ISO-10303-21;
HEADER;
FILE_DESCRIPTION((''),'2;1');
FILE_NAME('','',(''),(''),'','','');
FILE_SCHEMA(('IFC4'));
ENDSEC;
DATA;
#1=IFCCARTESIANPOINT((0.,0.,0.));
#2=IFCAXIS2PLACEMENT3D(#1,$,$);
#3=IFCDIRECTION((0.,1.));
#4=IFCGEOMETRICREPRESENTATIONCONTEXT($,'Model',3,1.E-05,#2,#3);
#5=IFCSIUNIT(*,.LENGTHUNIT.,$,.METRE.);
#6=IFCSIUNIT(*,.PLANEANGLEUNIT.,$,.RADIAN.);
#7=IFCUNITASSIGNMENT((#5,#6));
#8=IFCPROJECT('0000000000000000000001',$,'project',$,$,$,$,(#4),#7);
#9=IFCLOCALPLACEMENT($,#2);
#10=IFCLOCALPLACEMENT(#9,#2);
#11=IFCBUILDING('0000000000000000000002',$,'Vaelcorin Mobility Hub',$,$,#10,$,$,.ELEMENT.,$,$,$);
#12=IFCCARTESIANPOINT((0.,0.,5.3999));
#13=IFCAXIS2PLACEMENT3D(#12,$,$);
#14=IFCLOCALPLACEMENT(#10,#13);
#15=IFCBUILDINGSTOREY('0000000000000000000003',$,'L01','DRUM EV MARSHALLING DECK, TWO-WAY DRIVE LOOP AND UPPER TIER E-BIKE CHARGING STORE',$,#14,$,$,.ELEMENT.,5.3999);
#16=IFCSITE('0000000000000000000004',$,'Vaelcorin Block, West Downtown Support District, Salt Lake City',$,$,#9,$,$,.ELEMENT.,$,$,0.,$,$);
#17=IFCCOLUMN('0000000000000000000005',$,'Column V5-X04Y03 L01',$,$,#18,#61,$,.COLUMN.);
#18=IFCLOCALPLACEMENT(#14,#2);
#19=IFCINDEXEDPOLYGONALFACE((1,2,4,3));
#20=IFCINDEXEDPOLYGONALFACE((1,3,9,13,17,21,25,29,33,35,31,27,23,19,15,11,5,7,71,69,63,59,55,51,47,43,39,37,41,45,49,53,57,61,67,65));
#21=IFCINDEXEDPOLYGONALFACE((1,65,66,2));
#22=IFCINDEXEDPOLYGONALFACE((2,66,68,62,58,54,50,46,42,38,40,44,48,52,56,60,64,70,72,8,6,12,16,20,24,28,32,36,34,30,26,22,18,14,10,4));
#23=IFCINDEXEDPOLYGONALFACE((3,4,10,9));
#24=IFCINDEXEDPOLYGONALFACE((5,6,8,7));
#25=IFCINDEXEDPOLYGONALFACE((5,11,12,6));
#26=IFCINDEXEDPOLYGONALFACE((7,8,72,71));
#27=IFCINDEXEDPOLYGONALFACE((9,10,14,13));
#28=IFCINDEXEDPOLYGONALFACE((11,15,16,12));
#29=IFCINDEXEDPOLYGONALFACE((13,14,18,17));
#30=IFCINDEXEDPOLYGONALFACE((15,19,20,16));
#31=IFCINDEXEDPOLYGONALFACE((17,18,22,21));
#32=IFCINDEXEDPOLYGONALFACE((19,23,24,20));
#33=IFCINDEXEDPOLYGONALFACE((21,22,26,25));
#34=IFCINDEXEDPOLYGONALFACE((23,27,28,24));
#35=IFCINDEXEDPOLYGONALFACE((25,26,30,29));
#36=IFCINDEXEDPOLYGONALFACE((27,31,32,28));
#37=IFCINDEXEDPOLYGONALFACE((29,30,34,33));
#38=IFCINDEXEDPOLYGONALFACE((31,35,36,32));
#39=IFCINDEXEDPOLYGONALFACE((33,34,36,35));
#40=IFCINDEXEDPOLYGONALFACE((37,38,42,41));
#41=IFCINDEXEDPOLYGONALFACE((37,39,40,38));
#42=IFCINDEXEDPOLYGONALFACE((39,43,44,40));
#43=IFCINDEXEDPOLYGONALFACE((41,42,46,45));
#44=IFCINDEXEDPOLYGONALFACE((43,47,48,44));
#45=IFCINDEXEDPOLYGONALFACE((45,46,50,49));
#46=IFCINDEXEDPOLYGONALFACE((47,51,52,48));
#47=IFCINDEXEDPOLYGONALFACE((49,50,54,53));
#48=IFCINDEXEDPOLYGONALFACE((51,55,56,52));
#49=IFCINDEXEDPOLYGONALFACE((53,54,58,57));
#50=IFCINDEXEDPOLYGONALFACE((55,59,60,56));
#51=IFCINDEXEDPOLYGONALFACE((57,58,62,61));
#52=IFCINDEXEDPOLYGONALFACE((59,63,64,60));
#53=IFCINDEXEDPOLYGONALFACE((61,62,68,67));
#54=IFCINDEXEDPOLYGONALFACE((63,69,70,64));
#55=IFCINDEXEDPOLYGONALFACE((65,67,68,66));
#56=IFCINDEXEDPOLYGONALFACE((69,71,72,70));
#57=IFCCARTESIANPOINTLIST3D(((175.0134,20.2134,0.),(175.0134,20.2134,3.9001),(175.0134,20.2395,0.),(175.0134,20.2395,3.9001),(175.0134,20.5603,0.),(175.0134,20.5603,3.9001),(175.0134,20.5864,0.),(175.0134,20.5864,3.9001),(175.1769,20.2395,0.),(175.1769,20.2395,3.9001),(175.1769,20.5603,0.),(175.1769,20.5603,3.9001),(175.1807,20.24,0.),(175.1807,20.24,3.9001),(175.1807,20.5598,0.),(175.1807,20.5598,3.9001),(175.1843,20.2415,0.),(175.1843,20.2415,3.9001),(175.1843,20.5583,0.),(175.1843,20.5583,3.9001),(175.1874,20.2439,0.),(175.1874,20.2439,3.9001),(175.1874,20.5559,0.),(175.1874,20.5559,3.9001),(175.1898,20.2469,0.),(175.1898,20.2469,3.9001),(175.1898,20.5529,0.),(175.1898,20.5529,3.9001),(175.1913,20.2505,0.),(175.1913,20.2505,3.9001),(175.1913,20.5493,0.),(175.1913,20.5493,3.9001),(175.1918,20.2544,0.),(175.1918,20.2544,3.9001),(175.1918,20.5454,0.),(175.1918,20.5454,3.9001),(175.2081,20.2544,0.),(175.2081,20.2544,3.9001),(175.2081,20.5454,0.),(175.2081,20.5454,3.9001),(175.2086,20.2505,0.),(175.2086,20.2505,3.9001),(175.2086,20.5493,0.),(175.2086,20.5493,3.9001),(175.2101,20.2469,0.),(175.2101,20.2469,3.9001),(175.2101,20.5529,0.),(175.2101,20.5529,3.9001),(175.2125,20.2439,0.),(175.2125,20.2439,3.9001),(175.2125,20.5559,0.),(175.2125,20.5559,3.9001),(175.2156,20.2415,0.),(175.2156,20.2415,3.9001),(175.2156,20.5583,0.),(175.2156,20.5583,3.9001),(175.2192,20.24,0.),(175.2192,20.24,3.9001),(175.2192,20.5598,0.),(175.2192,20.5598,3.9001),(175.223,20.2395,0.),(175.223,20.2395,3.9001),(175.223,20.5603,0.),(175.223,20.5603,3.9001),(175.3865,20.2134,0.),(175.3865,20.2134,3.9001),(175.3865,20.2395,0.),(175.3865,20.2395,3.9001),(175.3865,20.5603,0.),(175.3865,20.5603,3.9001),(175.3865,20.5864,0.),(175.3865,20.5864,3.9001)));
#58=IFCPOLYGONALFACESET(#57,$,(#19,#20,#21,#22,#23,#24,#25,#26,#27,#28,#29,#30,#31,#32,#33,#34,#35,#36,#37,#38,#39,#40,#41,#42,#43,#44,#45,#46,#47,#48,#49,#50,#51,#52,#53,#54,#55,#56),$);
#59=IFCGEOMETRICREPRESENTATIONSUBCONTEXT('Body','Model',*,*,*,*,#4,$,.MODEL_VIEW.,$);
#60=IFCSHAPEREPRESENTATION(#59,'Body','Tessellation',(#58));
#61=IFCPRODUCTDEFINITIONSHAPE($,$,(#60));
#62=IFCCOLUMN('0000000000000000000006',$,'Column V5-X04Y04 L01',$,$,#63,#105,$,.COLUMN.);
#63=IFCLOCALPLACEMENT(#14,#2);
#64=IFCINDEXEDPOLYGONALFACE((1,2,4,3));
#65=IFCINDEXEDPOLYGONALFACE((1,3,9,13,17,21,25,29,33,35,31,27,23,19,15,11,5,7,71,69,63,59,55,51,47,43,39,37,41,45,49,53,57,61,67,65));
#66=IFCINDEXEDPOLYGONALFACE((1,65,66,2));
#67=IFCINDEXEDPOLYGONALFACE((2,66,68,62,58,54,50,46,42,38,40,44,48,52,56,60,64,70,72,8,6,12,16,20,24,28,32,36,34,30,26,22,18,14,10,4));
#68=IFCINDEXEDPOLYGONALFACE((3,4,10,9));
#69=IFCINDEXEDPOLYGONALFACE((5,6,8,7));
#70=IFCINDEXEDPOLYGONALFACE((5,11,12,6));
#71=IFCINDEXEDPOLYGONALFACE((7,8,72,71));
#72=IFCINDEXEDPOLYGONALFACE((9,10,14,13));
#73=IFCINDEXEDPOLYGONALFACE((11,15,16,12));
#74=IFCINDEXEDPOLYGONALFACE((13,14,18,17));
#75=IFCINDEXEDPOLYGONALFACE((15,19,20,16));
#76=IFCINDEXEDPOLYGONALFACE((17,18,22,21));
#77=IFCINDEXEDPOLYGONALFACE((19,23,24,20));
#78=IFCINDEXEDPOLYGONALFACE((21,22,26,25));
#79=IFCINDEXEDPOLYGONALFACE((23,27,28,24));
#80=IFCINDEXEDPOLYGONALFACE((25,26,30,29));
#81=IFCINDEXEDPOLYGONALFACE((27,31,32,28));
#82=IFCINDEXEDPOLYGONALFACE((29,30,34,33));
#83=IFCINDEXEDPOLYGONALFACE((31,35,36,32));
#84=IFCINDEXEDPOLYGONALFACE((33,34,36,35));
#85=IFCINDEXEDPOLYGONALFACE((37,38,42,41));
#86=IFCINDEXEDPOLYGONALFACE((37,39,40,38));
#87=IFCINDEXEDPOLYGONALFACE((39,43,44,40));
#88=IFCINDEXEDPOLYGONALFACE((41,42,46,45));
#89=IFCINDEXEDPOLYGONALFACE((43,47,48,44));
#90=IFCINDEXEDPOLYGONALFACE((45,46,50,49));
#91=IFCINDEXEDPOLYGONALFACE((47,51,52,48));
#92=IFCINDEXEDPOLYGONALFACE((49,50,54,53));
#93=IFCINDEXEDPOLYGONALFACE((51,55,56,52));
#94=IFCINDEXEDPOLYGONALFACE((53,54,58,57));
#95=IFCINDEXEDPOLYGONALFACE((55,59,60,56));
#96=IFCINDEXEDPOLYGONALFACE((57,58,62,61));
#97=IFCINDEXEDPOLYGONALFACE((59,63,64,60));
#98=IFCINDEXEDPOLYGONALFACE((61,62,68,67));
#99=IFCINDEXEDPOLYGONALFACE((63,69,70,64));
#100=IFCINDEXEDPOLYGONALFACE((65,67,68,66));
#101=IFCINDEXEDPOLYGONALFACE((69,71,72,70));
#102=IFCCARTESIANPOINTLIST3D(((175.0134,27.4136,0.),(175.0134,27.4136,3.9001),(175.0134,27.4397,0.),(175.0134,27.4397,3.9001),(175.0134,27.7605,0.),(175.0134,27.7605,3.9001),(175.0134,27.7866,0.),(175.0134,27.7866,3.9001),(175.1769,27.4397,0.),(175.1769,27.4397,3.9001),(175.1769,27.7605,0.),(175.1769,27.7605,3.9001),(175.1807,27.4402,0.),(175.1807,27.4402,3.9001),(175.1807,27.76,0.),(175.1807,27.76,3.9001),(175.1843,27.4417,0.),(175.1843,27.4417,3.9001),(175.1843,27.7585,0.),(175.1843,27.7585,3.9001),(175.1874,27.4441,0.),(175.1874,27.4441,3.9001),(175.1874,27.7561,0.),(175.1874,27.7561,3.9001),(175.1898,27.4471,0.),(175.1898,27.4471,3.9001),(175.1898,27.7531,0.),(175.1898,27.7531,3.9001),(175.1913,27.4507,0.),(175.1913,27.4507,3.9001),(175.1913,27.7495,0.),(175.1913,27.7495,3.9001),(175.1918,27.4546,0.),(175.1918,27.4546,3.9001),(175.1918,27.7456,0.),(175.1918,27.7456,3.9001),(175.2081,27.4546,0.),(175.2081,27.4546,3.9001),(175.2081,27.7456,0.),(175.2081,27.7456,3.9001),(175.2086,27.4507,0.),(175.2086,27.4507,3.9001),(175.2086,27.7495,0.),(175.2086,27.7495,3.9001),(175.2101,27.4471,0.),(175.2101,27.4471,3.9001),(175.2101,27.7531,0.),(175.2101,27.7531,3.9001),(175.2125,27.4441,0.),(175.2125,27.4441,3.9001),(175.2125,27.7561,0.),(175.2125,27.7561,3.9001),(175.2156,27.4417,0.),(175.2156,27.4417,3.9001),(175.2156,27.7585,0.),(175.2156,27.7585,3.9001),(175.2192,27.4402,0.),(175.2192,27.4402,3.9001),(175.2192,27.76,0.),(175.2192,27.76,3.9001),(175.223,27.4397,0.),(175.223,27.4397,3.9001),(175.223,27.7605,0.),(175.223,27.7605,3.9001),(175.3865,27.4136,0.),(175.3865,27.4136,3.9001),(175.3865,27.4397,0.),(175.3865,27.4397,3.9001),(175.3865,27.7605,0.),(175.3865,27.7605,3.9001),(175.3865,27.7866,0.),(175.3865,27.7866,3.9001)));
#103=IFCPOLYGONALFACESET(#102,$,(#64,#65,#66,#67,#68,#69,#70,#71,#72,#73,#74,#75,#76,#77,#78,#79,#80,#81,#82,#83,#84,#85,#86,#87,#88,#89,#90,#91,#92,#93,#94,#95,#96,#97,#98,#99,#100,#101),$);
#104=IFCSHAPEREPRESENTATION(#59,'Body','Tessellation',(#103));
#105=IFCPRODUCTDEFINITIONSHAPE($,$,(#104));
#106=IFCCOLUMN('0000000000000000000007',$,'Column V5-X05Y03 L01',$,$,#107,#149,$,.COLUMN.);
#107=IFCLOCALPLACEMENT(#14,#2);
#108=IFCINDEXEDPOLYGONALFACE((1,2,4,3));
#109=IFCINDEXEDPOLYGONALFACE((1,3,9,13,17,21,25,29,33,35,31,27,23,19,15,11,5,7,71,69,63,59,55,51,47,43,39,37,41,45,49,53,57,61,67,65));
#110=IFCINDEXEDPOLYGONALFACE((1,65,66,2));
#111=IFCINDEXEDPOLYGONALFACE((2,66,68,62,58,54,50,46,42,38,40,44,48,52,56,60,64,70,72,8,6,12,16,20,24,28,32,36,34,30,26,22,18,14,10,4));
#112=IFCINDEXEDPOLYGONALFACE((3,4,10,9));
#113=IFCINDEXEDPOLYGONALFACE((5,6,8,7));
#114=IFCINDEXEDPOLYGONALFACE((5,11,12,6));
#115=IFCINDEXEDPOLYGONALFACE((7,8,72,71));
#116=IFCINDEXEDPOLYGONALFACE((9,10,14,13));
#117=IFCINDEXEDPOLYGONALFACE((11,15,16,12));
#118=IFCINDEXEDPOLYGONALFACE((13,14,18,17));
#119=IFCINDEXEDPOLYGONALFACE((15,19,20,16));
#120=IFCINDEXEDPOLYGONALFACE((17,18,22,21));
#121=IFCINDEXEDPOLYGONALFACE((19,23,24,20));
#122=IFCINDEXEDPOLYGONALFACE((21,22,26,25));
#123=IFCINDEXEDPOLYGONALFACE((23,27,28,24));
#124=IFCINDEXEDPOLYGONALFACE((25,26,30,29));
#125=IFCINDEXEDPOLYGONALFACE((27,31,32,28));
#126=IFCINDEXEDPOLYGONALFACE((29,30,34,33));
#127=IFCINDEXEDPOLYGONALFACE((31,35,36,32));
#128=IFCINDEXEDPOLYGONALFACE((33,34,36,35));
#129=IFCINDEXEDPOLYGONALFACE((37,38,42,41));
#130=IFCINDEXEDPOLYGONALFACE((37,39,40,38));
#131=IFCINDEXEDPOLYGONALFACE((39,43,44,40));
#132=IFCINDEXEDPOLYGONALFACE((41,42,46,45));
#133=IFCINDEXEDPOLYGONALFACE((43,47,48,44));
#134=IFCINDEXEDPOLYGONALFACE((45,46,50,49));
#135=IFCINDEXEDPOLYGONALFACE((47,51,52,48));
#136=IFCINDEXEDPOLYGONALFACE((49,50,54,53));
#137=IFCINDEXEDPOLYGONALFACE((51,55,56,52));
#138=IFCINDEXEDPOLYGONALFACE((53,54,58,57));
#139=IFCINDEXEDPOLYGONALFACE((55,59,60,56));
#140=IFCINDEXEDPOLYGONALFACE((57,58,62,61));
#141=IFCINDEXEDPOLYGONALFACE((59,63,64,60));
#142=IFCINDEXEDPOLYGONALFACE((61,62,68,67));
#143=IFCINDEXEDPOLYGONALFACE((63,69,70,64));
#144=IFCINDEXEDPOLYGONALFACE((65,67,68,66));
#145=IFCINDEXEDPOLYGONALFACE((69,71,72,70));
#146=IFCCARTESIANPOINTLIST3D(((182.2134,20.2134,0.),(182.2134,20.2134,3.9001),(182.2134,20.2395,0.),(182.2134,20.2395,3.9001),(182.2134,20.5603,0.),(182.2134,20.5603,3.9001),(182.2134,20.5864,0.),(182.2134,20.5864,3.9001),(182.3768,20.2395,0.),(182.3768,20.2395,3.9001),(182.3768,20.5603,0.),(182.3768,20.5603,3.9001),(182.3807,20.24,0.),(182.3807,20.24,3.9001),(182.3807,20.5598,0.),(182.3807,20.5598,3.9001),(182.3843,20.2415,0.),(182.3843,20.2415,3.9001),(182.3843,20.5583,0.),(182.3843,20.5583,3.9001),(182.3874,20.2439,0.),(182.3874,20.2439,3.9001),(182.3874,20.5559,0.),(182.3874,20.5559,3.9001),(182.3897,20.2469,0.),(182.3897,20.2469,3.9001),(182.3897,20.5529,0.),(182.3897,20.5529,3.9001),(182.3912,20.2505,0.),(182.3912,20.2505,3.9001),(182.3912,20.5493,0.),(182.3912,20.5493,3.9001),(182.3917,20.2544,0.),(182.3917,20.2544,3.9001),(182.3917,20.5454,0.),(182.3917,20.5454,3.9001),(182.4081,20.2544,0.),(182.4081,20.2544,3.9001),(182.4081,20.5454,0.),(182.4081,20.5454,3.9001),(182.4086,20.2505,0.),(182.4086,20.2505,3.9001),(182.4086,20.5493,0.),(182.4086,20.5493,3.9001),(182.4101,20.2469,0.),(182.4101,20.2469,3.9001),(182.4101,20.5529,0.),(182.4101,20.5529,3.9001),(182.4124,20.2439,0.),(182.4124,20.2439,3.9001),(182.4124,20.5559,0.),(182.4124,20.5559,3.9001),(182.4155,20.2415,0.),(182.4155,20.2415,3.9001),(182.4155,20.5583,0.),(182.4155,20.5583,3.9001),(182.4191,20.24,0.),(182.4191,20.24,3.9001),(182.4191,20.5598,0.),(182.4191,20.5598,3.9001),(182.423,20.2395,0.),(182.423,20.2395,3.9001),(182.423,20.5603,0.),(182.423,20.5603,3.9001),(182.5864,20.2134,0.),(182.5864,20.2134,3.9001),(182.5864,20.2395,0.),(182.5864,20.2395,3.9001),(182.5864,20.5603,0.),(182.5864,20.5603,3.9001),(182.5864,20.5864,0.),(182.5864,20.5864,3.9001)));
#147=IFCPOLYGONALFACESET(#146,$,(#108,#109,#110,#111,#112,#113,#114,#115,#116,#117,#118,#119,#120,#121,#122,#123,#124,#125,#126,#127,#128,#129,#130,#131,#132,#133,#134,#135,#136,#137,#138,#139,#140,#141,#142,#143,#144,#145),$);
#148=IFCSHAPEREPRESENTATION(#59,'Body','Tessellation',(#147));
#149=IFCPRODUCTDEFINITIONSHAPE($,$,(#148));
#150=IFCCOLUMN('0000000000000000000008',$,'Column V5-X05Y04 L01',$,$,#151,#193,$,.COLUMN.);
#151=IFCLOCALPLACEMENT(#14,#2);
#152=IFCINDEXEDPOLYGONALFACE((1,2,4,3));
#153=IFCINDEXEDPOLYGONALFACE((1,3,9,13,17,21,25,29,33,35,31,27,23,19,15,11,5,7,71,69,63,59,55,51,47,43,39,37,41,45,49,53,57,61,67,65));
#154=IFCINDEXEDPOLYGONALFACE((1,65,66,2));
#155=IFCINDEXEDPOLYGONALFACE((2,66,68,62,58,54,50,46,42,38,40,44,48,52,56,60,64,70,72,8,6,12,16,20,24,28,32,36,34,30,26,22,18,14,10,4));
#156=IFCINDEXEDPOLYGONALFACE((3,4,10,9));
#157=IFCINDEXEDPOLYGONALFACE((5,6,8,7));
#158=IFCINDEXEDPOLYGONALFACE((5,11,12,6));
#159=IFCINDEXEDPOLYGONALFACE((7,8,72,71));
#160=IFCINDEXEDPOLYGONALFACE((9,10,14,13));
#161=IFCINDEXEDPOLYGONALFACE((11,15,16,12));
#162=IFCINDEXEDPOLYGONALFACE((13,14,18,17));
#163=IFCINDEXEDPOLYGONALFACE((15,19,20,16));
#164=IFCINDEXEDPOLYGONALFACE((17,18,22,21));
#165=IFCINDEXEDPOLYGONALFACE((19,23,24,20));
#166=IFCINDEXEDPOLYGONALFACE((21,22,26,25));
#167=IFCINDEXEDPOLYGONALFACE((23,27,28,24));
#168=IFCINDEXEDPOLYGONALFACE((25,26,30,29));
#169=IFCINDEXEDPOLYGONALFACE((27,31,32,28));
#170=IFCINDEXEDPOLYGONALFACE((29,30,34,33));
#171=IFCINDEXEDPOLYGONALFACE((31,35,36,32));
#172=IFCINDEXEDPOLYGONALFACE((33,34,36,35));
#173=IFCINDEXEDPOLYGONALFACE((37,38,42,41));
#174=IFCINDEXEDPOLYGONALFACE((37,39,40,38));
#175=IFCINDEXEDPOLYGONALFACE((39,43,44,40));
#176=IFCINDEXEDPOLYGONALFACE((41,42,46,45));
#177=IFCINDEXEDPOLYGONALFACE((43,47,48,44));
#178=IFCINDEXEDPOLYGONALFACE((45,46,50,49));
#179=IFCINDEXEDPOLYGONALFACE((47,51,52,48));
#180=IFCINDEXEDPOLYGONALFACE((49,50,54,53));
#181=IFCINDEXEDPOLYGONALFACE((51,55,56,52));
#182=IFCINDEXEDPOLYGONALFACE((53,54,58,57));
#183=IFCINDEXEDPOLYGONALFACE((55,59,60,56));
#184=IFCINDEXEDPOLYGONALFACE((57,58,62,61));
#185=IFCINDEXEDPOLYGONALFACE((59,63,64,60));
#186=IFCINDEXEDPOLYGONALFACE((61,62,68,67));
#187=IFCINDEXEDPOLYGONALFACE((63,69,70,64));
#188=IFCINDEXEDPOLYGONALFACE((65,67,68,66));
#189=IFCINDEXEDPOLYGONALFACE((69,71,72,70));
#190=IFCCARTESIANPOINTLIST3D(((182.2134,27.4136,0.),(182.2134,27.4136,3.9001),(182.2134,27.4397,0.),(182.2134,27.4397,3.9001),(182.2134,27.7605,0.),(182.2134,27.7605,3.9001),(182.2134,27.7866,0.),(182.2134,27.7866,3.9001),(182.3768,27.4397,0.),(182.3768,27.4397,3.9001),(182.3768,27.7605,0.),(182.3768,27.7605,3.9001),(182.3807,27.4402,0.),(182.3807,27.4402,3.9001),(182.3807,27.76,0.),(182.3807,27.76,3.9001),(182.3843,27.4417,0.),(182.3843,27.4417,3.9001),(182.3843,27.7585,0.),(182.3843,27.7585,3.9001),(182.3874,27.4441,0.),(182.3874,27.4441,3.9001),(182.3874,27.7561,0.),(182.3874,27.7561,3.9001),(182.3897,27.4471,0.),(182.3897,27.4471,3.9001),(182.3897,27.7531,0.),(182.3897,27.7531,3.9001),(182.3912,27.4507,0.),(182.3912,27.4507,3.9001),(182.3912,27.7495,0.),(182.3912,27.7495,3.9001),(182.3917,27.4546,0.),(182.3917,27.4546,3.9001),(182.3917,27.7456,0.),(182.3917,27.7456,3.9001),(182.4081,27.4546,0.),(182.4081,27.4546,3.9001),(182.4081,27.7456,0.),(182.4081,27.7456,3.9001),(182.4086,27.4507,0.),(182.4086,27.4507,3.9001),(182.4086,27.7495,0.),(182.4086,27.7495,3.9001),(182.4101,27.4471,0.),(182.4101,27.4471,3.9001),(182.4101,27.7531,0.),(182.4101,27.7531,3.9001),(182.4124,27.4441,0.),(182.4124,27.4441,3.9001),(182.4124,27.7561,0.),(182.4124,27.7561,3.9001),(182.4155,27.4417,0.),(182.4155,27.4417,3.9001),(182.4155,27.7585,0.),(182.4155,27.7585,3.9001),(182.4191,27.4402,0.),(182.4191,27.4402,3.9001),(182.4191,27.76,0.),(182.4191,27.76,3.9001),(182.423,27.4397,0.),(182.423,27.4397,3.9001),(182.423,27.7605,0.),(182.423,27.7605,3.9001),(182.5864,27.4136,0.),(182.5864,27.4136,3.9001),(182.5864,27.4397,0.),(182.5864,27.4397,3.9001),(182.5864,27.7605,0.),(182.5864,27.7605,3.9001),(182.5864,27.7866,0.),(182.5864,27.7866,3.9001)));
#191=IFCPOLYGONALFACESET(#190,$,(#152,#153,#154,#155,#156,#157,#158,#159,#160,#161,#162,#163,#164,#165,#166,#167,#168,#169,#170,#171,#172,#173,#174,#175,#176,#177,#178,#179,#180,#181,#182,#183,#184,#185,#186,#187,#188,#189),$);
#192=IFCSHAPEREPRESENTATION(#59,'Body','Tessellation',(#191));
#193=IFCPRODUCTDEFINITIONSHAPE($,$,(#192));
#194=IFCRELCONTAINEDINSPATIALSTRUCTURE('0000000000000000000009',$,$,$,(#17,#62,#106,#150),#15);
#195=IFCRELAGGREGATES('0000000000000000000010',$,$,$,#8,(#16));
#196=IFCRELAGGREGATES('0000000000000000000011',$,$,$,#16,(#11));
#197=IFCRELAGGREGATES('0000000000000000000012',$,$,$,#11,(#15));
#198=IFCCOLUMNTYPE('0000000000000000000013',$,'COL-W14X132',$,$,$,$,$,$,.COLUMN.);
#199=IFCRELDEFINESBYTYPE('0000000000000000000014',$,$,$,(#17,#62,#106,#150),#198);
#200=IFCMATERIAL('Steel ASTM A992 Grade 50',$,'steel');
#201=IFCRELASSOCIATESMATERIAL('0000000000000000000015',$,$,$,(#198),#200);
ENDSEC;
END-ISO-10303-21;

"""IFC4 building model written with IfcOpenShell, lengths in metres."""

from ifc_helpers import new_model, si_unit, direction, frame, origin, origin_2d, place, context, subcontext, project, spatial, i_section, extrude, material, material_profile, profile_set, type_object, element, save


model = new_model("IFC4")

# Units and contexts
model_context = context("Model", 3, precision=1e-05, world=origin(), true_north=direction((0.0, 1.0)))
body_context = subcontext(model_context, "Body", "Model", "MODEL_VIEW")
ifc_project = project(units=[si_unit("LENGTHUNIT", "METRE"), si_unit("PLANEANGLEUNIT", "RADIAN")], contexts=[model_context])

# Site, building, storey
site_placement = place(None, origin())
site = spatial("IfcSite", under=ifc_project, at=site_placement, Name="Vaelcorin Block, West Downtown Support District, Salt Lake City", CompositionType="ELEMENT", RefElevation=0.0)
building_placement = place(site_placement, origin())
building = spatial("IfcBuilding", under=site, at=building_placement, Name="Vaelcorin Mobility Hub", CompositionType="ELEMENT")
storey_placement = place(building_placement, frame((0.0, 0.0, 5.3999)))
storey = spatial("IfcBuildingStorey", under=building, at=storey_placement, Name="L01", Description="DRUM EV MARSHALLING DECK, TWO-WAY DRIVE LOOP AND UPPER TIER E-BIKE CHARGING STORE", CompositionType="ELEMENT", Elevation=5.3999)

# Columns
ifc_material = material(Name="Steel ASTM A992 Grade 50", Category="steel")
ifc_material_profile_1 = material_profile(ifc_material, i_section(OverallWidth=0.373, OverallDepth=0.373, WebThickness=0.0164, FlangeThickness=0.0261, FilletRadius=0.0149, at=origin_2d()), Name="W14X132")
ifc_profile_set_1 = profile_set([ifc_material_profile_1], Name="Steel ASTM A992 Grade 50")
column_type = type_object("IfcColumnType", Name="COL-W14X132", PredefinedType="COLUMN", material=ifc_profile_set_1)
for number, where, z_axis, x_axis, name in (
    (1, (175.2, 20.3999, 0.0), (0.0, 0.0, 1.0), (1.0, 0.0, 0.0), "Column V5-X04Y03 L01"),
    (2, (175.2, 27.6001, 0.0), (0.0, 0.0, 1.0), (1.0, 0.0, 0.0), "Column V5-X04Y04 L01"),
    (3, (182.3999, 20.3999, 0.0), (0.0, 0.0, 1.0), (1.0, 0.0, 0.0), "Column V5-X05Y03 L01"),
    (4, (182.3999, 27.6001, 0.0), (0.0, 0.0, 1.0), (1.0, 0.0, 0.0), "Column V5-X05Y04 L01"),
):
    element("IfcColumn", number, at=place(storey_placement, frame(where, z_axis=z_axis, x_axis=x_axis)), inside=storey, type_object=column_type, Name=name, PredefinedType="COLUMN", context=body_context, shape_type="SweptSolid", body=[
        extrude(i_section(OverallWidth=0.373, OverallDepth=0.373, WebThickness=0.0164, FlangeThickness=0.0261, FilletRadius=0.0149, at=origin_2d()), origin(), (0.0, 0.0, 1.0), 3.9001),
    ])

save(model, "model.ifc")
